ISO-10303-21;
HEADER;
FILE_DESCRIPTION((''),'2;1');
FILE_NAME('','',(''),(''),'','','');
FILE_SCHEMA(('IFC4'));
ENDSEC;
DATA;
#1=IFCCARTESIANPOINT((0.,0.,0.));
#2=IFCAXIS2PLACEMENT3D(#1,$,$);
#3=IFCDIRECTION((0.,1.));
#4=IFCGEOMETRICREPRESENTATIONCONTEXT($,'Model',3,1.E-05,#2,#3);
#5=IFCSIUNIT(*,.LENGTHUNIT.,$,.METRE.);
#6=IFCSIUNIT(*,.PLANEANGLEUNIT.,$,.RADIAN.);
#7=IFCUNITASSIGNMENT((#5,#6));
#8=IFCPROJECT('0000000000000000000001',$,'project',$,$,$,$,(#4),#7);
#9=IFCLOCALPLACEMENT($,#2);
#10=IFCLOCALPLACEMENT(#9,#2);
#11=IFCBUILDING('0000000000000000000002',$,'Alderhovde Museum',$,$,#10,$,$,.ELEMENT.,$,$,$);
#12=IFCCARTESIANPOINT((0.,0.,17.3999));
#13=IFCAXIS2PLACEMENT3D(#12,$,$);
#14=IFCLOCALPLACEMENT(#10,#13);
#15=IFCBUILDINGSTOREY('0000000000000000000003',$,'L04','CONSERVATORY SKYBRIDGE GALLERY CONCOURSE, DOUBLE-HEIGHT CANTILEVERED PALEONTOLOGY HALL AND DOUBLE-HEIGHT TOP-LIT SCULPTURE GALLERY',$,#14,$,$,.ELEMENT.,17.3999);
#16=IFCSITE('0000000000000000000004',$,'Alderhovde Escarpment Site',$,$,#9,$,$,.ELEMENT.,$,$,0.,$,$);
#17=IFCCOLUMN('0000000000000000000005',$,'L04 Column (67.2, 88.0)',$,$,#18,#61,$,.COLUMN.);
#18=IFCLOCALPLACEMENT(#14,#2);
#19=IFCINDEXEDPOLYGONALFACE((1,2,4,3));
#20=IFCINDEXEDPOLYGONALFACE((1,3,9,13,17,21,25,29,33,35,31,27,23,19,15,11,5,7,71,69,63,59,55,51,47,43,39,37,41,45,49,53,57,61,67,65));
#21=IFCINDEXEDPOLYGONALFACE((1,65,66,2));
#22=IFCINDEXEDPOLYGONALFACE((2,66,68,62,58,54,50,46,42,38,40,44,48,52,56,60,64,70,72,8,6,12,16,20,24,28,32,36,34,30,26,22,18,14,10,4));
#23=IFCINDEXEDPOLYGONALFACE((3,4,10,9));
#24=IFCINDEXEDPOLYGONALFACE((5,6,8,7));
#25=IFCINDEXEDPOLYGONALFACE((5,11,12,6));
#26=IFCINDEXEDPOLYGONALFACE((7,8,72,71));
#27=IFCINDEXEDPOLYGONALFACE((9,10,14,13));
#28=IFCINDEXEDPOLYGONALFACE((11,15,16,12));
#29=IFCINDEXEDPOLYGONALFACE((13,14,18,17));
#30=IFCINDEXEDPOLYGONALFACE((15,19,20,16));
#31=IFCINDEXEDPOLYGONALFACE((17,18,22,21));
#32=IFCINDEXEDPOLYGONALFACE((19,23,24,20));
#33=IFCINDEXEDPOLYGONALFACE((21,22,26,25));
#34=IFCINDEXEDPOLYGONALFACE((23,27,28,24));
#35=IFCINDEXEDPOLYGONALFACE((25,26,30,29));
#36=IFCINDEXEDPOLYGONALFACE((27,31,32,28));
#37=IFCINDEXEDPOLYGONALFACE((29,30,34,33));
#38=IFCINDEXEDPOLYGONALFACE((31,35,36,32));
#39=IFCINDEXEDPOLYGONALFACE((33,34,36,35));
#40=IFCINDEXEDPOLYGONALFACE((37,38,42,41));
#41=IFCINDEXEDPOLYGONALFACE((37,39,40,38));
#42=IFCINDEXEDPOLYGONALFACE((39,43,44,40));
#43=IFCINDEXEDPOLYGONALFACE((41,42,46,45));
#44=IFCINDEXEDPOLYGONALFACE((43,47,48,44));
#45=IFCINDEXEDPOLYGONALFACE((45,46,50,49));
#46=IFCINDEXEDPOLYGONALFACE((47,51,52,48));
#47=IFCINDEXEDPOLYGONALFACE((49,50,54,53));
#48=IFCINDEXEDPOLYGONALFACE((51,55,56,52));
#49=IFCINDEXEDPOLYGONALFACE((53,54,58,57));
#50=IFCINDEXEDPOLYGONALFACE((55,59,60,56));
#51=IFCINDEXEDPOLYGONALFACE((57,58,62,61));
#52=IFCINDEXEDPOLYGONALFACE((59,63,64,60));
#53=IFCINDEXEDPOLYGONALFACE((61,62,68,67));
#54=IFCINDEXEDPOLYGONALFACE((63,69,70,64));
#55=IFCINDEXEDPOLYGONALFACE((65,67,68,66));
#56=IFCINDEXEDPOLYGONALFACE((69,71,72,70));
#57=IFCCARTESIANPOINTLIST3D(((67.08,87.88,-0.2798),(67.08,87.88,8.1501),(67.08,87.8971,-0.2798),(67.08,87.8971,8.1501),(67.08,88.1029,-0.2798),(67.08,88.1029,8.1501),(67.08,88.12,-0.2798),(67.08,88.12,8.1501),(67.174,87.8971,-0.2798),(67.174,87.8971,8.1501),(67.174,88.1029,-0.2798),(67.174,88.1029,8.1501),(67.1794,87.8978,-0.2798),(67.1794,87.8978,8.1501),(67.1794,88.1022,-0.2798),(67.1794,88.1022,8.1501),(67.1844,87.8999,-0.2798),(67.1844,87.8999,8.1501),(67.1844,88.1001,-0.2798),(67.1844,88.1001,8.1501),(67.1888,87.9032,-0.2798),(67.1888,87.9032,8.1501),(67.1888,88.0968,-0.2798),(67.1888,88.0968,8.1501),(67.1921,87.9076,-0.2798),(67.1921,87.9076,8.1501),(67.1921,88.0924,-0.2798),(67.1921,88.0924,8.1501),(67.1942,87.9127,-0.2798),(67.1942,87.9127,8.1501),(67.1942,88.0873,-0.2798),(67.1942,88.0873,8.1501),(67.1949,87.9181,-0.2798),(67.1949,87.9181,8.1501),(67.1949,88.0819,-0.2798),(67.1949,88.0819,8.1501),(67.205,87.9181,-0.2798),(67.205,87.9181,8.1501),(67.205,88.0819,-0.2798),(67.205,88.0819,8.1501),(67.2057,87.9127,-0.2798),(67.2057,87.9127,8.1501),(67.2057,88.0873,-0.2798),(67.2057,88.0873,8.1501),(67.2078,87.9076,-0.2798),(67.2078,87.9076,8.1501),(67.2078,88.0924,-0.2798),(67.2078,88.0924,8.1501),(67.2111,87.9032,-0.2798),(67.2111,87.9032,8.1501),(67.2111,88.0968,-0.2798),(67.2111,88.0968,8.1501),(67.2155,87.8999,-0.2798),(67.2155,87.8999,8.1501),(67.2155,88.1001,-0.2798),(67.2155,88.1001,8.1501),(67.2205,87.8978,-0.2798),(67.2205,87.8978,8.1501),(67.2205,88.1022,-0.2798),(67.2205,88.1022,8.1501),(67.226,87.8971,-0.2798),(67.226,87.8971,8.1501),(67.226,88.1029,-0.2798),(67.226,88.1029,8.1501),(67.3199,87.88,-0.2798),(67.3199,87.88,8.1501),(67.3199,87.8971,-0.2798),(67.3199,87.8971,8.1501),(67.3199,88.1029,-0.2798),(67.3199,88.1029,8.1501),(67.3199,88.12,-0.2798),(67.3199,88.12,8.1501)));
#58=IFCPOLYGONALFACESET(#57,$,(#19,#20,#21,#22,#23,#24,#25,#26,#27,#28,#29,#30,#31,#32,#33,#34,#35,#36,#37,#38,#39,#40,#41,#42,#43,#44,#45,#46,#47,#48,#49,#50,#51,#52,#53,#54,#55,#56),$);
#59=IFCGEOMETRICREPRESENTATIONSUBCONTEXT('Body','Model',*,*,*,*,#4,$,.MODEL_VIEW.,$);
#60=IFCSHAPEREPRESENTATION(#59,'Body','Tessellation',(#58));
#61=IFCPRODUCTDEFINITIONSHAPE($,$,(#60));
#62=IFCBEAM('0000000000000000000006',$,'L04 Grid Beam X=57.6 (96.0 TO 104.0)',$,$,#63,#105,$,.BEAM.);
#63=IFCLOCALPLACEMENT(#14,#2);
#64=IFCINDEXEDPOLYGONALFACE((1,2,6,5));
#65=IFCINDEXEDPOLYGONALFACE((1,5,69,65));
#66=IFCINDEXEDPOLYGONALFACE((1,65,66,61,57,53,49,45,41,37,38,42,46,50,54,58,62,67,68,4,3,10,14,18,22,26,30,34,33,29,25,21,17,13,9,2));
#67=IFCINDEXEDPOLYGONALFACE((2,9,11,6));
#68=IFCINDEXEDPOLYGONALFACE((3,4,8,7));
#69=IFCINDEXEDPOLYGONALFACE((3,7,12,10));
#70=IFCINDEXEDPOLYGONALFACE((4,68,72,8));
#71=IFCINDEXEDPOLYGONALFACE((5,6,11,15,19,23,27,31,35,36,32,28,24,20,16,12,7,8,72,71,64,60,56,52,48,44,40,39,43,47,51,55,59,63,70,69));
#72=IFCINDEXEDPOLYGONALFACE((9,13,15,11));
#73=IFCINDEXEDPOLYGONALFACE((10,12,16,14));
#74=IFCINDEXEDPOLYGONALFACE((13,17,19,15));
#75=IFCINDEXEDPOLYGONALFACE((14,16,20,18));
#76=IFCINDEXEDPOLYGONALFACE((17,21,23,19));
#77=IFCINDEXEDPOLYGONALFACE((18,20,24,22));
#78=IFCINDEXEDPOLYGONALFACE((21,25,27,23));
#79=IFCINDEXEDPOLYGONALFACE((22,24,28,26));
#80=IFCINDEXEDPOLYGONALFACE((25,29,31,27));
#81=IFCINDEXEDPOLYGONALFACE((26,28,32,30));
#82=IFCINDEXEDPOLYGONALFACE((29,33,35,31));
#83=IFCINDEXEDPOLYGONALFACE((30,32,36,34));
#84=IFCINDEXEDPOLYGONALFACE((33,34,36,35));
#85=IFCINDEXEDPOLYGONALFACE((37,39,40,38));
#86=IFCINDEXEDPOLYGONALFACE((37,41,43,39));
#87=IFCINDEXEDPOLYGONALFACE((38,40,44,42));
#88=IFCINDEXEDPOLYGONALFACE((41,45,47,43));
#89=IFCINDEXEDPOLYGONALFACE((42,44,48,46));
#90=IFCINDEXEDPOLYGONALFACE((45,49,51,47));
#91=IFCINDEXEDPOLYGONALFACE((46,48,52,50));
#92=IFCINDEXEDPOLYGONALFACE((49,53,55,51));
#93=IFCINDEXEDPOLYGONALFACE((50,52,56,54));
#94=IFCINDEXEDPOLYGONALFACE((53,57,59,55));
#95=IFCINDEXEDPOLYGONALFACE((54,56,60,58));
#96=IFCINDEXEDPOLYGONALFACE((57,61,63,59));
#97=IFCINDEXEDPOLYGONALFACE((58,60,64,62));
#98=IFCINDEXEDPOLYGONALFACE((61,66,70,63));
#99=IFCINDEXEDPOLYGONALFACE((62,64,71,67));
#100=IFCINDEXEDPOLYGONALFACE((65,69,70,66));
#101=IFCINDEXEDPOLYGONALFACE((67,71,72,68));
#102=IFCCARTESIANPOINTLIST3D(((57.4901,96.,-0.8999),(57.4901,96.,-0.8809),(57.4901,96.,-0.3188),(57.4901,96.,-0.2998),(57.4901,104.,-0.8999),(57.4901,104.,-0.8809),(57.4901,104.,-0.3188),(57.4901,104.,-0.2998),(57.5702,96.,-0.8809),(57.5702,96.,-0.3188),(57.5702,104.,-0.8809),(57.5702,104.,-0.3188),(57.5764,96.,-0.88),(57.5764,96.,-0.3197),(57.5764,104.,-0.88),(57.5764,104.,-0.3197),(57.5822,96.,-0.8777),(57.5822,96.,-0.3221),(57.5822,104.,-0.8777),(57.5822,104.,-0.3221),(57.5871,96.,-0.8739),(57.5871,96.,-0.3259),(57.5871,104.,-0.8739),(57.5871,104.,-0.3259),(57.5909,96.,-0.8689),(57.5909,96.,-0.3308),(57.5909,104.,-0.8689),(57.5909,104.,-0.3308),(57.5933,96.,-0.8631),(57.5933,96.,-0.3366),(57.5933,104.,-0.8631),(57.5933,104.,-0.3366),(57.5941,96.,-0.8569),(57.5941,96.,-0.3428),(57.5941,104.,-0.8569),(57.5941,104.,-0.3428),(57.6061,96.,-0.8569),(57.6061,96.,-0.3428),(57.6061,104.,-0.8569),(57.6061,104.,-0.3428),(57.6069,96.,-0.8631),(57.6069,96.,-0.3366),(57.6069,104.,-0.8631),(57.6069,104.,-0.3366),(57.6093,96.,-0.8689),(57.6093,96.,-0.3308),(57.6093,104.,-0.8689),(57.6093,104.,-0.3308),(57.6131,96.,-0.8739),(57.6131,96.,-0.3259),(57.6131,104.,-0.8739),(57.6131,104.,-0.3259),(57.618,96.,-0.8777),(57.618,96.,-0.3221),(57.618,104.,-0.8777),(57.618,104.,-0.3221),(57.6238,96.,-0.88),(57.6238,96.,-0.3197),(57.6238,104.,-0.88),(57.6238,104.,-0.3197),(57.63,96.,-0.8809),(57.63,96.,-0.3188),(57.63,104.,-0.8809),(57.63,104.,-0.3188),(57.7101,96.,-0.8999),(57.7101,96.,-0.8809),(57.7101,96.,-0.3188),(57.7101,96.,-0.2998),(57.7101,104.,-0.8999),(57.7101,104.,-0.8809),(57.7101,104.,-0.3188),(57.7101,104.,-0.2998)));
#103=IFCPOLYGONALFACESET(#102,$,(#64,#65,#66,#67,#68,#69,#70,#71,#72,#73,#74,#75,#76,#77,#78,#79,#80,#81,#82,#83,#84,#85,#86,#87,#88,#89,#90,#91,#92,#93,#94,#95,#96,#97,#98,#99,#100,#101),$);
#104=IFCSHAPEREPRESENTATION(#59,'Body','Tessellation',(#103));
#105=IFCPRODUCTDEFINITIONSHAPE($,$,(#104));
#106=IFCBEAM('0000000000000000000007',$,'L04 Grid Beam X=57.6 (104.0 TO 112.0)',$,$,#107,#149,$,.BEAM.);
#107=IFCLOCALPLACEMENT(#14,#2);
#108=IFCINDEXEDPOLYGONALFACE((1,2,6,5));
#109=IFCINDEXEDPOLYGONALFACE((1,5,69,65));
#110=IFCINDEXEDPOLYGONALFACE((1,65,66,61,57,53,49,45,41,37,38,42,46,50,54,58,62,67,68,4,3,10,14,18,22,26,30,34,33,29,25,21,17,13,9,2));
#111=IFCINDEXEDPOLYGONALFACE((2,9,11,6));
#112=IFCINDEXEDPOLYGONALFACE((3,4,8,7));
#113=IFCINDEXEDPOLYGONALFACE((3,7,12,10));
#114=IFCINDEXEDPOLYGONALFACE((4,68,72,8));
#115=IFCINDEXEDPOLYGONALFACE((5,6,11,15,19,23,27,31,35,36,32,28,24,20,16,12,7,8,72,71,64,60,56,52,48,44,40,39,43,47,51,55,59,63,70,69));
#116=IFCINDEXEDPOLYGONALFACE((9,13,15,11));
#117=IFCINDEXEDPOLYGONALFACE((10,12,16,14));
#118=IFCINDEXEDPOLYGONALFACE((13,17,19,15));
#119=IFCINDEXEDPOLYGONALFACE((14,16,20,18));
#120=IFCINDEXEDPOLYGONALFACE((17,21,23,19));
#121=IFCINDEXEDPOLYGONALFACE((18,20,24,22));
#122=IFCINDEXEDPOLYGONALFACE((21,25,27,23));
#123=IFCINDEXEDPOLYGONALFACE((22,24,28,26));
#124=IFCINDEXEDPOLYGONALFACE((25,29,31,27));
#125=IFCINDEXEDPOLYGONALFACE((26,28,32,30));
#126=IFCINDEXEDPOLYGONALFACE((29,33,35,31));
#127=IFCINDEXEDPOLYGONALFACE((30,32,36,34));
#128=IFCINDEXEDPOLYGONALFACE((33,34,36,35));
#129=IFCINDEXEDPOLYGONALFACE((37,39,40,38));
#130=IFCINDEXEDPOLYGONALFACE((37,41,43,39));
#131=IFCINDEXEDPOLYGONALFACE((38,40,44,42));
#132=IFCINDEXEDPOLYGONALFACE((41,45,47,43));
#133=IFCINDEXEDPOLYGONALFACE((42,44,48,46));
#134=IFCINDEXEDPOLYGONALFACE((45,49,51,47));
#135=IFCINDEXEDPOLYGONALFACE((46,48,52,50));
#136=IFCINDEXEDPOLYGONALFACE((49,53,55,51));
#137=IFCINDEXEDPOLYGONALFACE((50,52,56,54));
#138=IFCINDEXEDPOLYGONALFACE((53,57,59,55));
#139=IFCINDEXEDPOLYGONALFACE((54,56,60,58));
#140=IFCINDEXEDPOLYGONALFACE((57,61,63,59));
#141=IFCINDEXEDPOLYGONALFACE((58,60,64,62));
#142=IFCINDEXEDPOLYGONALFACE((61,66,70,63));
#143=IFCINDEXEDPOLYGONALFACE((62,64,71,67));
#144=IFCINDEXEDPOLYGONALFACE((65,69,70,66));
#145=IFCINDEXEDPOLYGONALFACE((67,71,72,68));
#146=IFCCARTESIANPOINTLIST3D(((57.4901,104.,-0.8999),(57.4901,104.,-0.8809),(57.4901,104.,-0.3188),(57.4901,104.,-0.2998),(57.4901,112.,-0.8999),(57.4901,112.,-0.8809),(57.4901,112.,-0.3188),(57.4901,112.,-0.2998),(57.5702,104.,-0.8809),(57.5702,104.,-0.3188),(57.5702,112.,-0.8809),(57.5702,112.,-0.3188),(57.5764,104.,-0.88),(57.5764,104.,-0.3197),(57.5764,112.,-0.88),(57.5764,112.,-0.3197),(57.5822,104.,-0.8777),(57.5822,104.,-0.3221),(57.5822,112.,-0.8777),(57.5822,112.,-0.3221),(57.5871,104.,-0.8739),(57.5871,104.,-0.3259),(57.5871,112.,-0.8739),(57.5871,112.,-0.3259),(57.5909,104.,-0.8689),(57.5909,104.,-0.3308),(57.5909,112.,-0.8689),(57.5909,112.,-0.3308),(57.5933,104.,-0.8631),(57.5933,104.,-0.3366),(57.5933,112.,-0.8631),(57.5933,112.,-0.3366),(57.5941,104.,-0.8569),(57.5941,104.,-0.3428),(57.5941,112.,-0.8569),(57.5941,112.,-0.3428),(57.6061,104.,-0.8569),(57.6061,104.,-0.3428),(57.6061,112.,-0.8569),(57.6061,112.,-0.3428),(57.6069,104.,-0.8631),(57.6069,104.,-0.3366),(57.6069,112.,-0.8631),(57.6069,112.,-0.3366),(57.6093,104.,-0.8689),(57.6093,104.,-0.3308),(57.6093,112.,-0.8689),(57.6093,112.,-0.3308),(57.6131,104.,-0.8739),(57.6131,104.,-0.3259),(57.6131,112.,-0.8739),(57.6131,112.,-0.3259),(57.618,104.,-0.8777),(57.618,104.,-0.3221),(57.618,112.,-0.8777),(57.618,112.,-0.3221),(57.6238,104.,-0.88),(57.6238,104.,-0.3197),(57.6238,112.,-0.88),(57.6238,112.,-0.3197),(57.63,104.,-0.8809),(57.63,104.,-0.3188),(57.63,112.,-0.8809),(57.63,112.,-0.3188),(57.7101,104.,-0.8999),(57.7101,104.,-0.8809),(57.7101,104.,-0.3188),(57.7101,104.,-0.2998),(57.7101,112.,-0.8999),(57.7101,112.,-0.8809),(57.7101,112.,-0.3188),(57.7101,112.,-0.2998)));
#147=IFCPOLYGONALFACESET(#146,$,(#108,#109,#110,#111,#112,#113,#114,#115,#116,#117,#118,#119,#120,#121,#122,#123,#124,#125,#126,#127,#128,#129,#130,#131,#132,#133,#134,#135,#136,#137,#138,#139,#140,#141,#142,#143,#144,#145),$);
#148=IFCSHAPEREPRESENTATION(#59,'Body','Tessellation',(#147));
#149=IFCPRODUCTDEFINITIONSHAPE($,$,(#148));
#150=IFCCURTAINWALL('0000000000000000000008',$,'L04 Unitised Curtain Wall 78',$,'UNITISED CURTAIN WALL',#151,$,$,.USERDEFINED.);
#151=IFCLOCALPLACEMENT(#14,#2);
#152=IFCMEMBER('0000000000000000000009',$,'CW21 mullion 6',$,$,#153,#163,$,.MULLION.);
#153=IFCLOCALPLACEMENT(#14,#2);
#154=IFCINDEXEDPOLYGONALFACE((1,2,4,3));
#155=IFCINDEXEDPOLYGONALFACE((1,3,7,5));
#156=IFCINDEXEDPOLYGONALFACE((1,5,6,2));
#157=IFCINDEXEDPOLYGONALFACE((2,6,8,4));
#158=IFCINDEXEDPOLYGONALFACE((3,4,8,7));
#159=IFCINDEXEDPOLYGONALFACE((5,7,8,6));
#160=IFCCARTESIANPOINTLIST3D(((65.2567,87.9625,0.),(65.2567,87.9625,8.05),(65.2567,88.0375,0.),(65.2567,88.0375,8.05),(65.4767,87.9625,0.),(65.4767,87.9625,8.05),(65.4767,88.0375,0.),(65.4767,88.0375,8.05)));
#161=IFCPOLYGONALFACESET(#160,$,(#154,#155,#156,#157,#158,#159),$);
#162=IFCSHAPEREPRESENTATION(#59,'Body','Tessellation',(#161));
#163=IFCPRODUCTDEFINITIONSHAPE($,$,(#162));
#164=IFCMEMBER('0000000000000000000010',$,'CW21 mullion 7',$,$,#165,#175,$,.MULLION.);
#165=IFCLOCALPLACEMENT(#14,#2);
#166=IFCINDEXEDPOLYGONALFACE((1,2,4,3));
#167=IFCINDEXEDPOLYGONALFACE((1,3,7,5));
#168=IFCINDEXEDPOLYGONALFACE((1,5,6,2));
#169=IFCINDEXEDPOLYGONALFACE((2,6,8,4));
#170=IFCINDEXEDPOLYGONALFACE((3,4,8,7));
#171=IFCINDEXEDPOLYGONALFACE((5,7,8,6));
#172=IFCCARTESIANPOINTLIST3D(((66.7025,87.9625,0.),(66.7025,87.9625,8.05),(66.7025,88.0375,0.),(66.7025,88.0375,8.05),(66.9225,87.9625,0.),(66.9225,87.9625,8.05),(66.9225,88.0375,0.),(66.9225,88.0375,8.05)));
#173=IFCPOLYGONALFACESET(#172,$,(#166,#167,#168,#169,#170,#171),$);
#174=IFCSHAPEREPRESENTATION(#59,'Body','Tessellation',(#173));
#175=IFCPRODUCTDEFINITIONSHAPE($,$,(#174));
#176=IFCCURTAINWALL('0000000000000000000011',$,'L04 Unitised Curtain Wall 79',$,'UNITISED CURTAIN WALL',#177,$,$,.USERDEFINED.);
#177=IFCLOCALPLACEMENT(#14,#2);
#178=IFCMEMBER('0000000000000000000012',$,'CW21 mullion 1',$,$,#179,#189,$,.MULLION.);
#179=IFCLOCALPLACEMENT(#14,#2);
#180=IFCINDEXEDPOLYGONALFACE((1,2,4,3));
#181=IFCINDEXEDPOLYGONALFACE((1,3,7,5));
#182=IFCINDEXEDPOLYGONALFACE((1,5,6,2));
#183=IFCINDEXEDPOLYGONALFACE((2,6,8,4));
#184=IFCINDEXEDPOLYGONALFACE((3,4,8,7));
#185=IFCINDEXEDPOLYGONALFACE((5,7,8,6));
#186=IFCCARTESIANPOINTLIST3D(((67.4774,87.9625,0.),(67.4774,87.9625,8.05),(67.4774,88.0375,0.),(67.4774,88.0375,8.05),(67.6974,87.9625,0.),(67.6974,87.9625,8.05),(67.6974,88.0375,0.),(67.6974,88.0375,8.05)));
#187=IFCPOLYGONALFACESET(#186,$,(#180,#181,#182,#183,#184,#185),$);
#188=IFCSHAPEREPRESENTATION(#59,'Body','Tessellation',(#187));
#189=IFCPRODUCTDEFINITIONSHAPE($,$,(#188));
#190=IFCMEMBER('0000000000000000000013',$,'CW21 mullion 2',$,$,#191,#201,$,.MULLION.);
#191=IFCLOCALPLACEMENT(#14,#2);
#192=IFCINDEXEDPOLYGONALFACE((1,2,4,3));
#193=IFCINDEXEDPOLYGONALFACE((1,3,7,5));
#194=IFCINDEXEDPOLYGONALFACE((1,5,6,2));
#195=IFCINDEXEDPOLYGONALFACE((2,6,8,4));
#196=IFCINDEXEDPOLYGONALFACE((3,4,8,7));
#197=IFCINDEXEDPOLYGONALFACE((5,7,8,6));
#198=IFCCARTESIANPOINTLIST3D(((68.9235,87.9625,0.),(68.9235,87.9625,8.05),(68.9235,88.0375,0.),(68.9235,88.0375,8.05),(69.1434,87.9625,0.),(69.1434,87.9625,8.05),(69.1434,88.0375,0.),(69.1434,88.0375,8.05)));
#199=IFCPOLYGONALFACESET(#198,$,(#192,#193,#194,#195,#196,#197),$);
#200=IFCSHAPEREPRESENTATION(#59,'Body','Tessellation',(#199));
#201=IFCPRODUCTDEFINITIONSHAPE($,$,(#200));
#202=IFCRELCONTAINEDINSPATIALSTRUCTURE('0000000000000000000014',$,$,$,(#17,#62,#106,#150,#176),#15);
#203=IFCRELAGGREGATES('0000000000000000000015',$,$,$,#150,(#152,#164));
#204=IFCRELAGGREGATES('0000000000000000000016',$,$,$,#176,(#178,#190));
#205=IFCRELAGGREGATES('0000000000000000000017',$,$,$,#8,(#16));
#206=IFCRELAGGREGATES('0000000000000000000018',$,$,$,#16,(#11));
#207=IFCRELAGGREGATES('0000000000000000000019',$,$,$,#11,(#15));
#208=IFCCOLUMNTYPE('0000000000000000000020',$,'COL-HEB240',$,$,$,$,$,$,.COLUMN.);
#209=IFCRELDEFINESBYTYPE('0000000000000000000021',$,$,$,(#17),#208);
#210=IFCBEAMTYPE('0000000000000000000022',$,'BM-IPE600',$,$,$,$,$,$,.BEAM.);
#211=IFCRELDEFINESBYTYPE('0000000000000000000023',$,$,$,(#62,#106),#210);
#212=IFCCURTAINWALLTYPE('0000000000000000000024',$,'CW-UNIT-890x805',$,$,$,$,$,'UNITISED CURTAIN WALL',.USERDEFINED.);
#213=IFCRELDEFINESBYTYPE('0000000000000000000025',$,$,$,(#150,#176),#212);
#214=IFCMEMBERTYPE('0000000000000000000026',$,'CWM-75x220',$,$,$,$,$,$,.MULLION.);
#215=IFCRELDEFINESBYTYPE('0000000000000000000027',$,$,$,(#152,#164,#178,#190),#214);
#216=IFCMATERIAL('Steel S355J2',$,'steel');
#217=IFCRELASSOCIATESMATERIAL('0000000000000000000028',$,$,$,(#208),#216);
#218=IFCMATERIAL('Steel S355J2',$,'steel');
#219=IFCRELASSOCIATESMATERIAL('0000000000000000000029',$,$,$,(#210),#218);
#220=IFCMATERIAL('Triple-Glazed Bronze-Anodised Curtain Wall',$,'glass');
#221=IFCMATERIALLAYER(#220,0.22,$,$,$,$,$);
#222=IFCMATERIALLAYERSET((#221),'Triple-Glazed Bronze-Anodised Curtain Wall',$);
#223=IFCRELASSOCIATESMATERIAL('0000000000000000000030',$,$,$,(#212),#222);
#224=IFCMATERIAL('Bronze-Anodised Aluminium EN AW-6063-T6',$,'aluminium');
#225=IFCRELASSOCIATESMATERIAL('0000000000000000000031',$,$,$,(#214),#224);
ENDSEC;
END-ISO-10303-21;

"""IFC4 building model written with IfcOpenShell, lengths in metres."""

from ifc_helpers import new_model, si_unit, direction, frame, origin, origin_2d, place, context, subcontext, project, spatial, rectangle, i_section, extrude, material, layer, layer_set, material_profile, profile_set, type_object, element, aggregate, save


model = new_model("IFC4")

# Units and contexts
model_context = context("Model", 3, precision=1e-05, world=origin(), true_north=direction((0.0, 1.0)))
body_context = subcontext(model_context, "Body", "Model", "MODEL_VIEW")
ifc_project = project(units=[si_unit("LENGTHUNIT", "METRE"), si_unit("PLANEANGLEUNIT", "RADIAN")], contexts=[model_context])

# Site, building, storey
site_placement = place(None, origin())
site = spatial("IfcSite", under=ifc_project, at=site_placement, Name="Alderhovde Escarpment Site", CompositionType="ELEMENT", RefElevation=0.0)
building_placement = place(site_placement, origin())
building = spatial("IfcBuilding", under=site, at=building_placement, Name="Alderhovde Museum", CompositionType="ELEMENT")
storey_placement = place(building_placement, frame((0.0, 0.0, 17.3999)))
storey = spatial("IfcBuildingStorey", under=building, at=storey_placement, Name="L04", Description="CONSERVATORY SKYBRIDGE GALLERY CONCOURSE, DOUBLE-HEIGHT CANTILEVERED PALEONTOLOGY HALL AND DOUBLE-HEIGHT TOP-LIT SCULPTURE GALLERY", CompositionType="ELEMENT", Elevation=17.3999)

# Column
ifc_material_1 = material(Name="Steel S355J2", Category="steel")
ifc_material_profile_1 = material_profile(ifc_material_1, i_section(OverallWidth=0.24, OverallDepth=0.24, WebThickness=0.01, FlangeThickness=0.0171, FilletRadius=0.021, at=origin_2d()), Name="HEB 240")
ifc_profile_set_1 = profile_set([ifc_material_profile_1], Name="Steel S355J2")
column_type = type_object("IfcColumnType", Name="COL-HEB240", PredefinedType="COLUMN", material=ifc_profile_set_1)
column_placement = place(storey_placement, frame((67.2, 88.0, -0.2798), z_axis=(0.0, 0.0, 1.0), x_axis=(1.0, 0.0, 0.0)))
element("IfcColumn", 1, at=column_placement, inside=storey, type_object=column_type, Name="L04 Column (67.2, 88.0)", PredefinedType="COLUMN", context=body_context, shape_type="SweptSolid", body=[
    extrude(i_section(OverallWidth=0.24, OverallDepth=0.24, WebThickness=0.01, FlangeThickness=0.0171, FilletRadius=0.021, at=origin_2d()), origin(), (0.0, 0.0, 1.0), 8.4299),
])

# Beams
ifc_material_2 = material(Name="Steel S355J2", Category="steel")
ifc_material_profile_2 = material_profile(ifc_material_2, i_section(OverallWidth=0.22, OverallDepth=0.6001, WebThickness=0.012, FlangeThickness=0.019, FilletRadius=0.0239, at=origin_2d()), Name="IPE 600")
ifc_profile_set_2 = profile_set([ifc_material_profile_2], Name="Steel S355J2")
beam_type_1 = type_object("IfcBeamType", Name="BM-IPE600", PredefinedType="BEAM", material=ifc_profile_set_2)
for number, where, z_axis, x_axis, name in (
    (2, (57.6001, 96.0, -0.5999), (0.0, 1.0, 0.0), (-1.0, 0.0, 0.0), "L04 Grid Beam X=57.6 (96.0 TO 104.0)"),
    (3, (57.6001, 104.0, -0.5999), (0.0, 1.0, 0.0), (-1.0, 0.0, 0.0), "L04 Grid Beam X=57.6 (104.0 TO 112.0)"),
):
    element("IfcBeam", number, at=place(storey_placement, frame(where, z_axis=z_axis, x_axis=x_axis)), inside=storey, type_object=beam_type_1, Name=name, PredefinedType="BEAM", context=body_context, shape_type="SweptSolid", body=[
        extrude(i_section(OverallWidth=0.22, OverallDepth=0.6001, WebThickness=0.012, FlangeThickness=0.019, FilletRadius=0.0239, at=origin_2d()), origin(), (0.0, 0.0, 1.0), 8.0),
    ])

# Curtain walls, members
ifc_material_3 = material(Name="Triple-Glazed Bronze-Anodised Curtain Wall", Category="glass")
ifc_layer_1 = layer(ifc_material_3, 0.22)
ifc_layer_set_1 = layer_set([ifc_layer_1], Name="Triple-Glazed Bronze-Anodised Curtain Wall")
curtain_wall_type = type_object("IfcCurtainWallType", Name="CW-UNIT-890x805", ElementType="UNITISED CURTAIN WALL", PredefinedType="USERDEFINED", material=ifc_layer_set_1)
curtain_wall_1_placement = place(storey_placement, origin())
curtain_wall_1 = element("IfcCurtainWall", 4, at=curtain_wall_1_placement, inside=storey, type_object=curtain_wall_type, Name="L04 Unitised Curtain Wall 78", ObjectType="UNITISED CURTAIN WALL", PredefinedType="USERDEFINED")
ifc_material_4 = material(Name="Bronze-Anodised Aluminium EN AW-6063-T6", Category="aluminium")
ifc_material_profile_3 = material_profile(ifc_material_4, rectangle(XDim=0.075, YDim=0.22, at=origin_2d()), Name="MULLION 75x220")
ifc_profile_set_3 = profile_set([ifc_material_profile_3], Name="Bronze-Anodised Aluminium EN AW-6063-T6")
member_type_1 = type_object("IfcMemberType", Name="CWM-75x220", PredefinedType="MULLION", material=ifc_profile_set_3)
member_1_placement = place(storey_placement, frame((65.3667, 88.0, 0.0), z_axis=(0.0, 0.0, 1.0), x_axis=(0.0, 1.0, 0.0)))
member_1 = element("IfcMember", 5, at=member_1_placement, type_object=member_type_1, Name="CW21 mullion 6", PredefinedType="MULLION", context=body_context, shape_type="SweptSolid", body=[
    extrude(rectangle(XDim=0.075, YDim=0.22, at=origin_2d()), origin(), (0.0, 0.0, 1.0), 8.05),
])
member_2_placement = place(storey_placement, frame((66.8125, 88.0, 0.0), z_axis=(0.0, 0.0, 1.0), x_axis=(0.0, 1.0, 0.0)))
member_2 = element("IfcMember", 6, at=member_2_placement, type_object=member_type_1, Name="CW21 mullion 7", PredefinedType="MULLION", context=body_context, shape_type="SweptSolid", body=[
    extrude(rectangle(XDim=0.075, YDim=0.22, at=origin_2d()), origin(), (0.0, 0.0, 1.0), 8.05),
])
curtain_wall_2_placement = place(storey_placement, origin())
curtain_wall_2 = element("IfcCurtainWall", 7, at=curtain_wall_2_placement, inside=storey, type_object=curtain_wall_type, Name="L04 Unitised Curtain Wall 79", ObjectType="UNITISED CURTAIN WALL", PredefinedType="USERDEFINED")
member_3_placement = place(storey_placement, frame((67.5874, 88.0, 0.0), z_axis=(0.0, 0.0, 1.0), x_axis=(0.0, 1.0, 0.0)))
member_3 = element("IfcMember", 8, at=member_3_placement, type_object=member_type_1, Name="CW21 mullion 1", PredefinedType="MULLION", context=body_context, shape_type="SweptSolid", body=[
    extrude(rectangle(XDim=0.075, YDim=0.22, at=origin_2d()), origin(), (0.0, 0.0, 1.0), 8.05),
])
member_4_placement = place(storey_placement, frame((69.0334, 88.0, 0.0), z_axis=(0.0, 0.0, 1.0), x_axis=(0.0, 1.0, 0.0)))
member_4 = element("IfcMember", 9, at=member_4_placement, type_object=member_type_1, Name="CW21 mullion 2", PredefinedType="MULLION", context=body_context, shape_type="SweptSolid", body=[
    extrude(rectangle(XDim=0.075, YDim=0.22, at=origin_2d()), origin(), (0.0, 0.0, 1.0), 8.05),
])

aggregate(curtain_wall_1, [member_1, member_2])
aggregate(curtain_wall_2, [member_3, member_4])

save(model, "model.ifc")
